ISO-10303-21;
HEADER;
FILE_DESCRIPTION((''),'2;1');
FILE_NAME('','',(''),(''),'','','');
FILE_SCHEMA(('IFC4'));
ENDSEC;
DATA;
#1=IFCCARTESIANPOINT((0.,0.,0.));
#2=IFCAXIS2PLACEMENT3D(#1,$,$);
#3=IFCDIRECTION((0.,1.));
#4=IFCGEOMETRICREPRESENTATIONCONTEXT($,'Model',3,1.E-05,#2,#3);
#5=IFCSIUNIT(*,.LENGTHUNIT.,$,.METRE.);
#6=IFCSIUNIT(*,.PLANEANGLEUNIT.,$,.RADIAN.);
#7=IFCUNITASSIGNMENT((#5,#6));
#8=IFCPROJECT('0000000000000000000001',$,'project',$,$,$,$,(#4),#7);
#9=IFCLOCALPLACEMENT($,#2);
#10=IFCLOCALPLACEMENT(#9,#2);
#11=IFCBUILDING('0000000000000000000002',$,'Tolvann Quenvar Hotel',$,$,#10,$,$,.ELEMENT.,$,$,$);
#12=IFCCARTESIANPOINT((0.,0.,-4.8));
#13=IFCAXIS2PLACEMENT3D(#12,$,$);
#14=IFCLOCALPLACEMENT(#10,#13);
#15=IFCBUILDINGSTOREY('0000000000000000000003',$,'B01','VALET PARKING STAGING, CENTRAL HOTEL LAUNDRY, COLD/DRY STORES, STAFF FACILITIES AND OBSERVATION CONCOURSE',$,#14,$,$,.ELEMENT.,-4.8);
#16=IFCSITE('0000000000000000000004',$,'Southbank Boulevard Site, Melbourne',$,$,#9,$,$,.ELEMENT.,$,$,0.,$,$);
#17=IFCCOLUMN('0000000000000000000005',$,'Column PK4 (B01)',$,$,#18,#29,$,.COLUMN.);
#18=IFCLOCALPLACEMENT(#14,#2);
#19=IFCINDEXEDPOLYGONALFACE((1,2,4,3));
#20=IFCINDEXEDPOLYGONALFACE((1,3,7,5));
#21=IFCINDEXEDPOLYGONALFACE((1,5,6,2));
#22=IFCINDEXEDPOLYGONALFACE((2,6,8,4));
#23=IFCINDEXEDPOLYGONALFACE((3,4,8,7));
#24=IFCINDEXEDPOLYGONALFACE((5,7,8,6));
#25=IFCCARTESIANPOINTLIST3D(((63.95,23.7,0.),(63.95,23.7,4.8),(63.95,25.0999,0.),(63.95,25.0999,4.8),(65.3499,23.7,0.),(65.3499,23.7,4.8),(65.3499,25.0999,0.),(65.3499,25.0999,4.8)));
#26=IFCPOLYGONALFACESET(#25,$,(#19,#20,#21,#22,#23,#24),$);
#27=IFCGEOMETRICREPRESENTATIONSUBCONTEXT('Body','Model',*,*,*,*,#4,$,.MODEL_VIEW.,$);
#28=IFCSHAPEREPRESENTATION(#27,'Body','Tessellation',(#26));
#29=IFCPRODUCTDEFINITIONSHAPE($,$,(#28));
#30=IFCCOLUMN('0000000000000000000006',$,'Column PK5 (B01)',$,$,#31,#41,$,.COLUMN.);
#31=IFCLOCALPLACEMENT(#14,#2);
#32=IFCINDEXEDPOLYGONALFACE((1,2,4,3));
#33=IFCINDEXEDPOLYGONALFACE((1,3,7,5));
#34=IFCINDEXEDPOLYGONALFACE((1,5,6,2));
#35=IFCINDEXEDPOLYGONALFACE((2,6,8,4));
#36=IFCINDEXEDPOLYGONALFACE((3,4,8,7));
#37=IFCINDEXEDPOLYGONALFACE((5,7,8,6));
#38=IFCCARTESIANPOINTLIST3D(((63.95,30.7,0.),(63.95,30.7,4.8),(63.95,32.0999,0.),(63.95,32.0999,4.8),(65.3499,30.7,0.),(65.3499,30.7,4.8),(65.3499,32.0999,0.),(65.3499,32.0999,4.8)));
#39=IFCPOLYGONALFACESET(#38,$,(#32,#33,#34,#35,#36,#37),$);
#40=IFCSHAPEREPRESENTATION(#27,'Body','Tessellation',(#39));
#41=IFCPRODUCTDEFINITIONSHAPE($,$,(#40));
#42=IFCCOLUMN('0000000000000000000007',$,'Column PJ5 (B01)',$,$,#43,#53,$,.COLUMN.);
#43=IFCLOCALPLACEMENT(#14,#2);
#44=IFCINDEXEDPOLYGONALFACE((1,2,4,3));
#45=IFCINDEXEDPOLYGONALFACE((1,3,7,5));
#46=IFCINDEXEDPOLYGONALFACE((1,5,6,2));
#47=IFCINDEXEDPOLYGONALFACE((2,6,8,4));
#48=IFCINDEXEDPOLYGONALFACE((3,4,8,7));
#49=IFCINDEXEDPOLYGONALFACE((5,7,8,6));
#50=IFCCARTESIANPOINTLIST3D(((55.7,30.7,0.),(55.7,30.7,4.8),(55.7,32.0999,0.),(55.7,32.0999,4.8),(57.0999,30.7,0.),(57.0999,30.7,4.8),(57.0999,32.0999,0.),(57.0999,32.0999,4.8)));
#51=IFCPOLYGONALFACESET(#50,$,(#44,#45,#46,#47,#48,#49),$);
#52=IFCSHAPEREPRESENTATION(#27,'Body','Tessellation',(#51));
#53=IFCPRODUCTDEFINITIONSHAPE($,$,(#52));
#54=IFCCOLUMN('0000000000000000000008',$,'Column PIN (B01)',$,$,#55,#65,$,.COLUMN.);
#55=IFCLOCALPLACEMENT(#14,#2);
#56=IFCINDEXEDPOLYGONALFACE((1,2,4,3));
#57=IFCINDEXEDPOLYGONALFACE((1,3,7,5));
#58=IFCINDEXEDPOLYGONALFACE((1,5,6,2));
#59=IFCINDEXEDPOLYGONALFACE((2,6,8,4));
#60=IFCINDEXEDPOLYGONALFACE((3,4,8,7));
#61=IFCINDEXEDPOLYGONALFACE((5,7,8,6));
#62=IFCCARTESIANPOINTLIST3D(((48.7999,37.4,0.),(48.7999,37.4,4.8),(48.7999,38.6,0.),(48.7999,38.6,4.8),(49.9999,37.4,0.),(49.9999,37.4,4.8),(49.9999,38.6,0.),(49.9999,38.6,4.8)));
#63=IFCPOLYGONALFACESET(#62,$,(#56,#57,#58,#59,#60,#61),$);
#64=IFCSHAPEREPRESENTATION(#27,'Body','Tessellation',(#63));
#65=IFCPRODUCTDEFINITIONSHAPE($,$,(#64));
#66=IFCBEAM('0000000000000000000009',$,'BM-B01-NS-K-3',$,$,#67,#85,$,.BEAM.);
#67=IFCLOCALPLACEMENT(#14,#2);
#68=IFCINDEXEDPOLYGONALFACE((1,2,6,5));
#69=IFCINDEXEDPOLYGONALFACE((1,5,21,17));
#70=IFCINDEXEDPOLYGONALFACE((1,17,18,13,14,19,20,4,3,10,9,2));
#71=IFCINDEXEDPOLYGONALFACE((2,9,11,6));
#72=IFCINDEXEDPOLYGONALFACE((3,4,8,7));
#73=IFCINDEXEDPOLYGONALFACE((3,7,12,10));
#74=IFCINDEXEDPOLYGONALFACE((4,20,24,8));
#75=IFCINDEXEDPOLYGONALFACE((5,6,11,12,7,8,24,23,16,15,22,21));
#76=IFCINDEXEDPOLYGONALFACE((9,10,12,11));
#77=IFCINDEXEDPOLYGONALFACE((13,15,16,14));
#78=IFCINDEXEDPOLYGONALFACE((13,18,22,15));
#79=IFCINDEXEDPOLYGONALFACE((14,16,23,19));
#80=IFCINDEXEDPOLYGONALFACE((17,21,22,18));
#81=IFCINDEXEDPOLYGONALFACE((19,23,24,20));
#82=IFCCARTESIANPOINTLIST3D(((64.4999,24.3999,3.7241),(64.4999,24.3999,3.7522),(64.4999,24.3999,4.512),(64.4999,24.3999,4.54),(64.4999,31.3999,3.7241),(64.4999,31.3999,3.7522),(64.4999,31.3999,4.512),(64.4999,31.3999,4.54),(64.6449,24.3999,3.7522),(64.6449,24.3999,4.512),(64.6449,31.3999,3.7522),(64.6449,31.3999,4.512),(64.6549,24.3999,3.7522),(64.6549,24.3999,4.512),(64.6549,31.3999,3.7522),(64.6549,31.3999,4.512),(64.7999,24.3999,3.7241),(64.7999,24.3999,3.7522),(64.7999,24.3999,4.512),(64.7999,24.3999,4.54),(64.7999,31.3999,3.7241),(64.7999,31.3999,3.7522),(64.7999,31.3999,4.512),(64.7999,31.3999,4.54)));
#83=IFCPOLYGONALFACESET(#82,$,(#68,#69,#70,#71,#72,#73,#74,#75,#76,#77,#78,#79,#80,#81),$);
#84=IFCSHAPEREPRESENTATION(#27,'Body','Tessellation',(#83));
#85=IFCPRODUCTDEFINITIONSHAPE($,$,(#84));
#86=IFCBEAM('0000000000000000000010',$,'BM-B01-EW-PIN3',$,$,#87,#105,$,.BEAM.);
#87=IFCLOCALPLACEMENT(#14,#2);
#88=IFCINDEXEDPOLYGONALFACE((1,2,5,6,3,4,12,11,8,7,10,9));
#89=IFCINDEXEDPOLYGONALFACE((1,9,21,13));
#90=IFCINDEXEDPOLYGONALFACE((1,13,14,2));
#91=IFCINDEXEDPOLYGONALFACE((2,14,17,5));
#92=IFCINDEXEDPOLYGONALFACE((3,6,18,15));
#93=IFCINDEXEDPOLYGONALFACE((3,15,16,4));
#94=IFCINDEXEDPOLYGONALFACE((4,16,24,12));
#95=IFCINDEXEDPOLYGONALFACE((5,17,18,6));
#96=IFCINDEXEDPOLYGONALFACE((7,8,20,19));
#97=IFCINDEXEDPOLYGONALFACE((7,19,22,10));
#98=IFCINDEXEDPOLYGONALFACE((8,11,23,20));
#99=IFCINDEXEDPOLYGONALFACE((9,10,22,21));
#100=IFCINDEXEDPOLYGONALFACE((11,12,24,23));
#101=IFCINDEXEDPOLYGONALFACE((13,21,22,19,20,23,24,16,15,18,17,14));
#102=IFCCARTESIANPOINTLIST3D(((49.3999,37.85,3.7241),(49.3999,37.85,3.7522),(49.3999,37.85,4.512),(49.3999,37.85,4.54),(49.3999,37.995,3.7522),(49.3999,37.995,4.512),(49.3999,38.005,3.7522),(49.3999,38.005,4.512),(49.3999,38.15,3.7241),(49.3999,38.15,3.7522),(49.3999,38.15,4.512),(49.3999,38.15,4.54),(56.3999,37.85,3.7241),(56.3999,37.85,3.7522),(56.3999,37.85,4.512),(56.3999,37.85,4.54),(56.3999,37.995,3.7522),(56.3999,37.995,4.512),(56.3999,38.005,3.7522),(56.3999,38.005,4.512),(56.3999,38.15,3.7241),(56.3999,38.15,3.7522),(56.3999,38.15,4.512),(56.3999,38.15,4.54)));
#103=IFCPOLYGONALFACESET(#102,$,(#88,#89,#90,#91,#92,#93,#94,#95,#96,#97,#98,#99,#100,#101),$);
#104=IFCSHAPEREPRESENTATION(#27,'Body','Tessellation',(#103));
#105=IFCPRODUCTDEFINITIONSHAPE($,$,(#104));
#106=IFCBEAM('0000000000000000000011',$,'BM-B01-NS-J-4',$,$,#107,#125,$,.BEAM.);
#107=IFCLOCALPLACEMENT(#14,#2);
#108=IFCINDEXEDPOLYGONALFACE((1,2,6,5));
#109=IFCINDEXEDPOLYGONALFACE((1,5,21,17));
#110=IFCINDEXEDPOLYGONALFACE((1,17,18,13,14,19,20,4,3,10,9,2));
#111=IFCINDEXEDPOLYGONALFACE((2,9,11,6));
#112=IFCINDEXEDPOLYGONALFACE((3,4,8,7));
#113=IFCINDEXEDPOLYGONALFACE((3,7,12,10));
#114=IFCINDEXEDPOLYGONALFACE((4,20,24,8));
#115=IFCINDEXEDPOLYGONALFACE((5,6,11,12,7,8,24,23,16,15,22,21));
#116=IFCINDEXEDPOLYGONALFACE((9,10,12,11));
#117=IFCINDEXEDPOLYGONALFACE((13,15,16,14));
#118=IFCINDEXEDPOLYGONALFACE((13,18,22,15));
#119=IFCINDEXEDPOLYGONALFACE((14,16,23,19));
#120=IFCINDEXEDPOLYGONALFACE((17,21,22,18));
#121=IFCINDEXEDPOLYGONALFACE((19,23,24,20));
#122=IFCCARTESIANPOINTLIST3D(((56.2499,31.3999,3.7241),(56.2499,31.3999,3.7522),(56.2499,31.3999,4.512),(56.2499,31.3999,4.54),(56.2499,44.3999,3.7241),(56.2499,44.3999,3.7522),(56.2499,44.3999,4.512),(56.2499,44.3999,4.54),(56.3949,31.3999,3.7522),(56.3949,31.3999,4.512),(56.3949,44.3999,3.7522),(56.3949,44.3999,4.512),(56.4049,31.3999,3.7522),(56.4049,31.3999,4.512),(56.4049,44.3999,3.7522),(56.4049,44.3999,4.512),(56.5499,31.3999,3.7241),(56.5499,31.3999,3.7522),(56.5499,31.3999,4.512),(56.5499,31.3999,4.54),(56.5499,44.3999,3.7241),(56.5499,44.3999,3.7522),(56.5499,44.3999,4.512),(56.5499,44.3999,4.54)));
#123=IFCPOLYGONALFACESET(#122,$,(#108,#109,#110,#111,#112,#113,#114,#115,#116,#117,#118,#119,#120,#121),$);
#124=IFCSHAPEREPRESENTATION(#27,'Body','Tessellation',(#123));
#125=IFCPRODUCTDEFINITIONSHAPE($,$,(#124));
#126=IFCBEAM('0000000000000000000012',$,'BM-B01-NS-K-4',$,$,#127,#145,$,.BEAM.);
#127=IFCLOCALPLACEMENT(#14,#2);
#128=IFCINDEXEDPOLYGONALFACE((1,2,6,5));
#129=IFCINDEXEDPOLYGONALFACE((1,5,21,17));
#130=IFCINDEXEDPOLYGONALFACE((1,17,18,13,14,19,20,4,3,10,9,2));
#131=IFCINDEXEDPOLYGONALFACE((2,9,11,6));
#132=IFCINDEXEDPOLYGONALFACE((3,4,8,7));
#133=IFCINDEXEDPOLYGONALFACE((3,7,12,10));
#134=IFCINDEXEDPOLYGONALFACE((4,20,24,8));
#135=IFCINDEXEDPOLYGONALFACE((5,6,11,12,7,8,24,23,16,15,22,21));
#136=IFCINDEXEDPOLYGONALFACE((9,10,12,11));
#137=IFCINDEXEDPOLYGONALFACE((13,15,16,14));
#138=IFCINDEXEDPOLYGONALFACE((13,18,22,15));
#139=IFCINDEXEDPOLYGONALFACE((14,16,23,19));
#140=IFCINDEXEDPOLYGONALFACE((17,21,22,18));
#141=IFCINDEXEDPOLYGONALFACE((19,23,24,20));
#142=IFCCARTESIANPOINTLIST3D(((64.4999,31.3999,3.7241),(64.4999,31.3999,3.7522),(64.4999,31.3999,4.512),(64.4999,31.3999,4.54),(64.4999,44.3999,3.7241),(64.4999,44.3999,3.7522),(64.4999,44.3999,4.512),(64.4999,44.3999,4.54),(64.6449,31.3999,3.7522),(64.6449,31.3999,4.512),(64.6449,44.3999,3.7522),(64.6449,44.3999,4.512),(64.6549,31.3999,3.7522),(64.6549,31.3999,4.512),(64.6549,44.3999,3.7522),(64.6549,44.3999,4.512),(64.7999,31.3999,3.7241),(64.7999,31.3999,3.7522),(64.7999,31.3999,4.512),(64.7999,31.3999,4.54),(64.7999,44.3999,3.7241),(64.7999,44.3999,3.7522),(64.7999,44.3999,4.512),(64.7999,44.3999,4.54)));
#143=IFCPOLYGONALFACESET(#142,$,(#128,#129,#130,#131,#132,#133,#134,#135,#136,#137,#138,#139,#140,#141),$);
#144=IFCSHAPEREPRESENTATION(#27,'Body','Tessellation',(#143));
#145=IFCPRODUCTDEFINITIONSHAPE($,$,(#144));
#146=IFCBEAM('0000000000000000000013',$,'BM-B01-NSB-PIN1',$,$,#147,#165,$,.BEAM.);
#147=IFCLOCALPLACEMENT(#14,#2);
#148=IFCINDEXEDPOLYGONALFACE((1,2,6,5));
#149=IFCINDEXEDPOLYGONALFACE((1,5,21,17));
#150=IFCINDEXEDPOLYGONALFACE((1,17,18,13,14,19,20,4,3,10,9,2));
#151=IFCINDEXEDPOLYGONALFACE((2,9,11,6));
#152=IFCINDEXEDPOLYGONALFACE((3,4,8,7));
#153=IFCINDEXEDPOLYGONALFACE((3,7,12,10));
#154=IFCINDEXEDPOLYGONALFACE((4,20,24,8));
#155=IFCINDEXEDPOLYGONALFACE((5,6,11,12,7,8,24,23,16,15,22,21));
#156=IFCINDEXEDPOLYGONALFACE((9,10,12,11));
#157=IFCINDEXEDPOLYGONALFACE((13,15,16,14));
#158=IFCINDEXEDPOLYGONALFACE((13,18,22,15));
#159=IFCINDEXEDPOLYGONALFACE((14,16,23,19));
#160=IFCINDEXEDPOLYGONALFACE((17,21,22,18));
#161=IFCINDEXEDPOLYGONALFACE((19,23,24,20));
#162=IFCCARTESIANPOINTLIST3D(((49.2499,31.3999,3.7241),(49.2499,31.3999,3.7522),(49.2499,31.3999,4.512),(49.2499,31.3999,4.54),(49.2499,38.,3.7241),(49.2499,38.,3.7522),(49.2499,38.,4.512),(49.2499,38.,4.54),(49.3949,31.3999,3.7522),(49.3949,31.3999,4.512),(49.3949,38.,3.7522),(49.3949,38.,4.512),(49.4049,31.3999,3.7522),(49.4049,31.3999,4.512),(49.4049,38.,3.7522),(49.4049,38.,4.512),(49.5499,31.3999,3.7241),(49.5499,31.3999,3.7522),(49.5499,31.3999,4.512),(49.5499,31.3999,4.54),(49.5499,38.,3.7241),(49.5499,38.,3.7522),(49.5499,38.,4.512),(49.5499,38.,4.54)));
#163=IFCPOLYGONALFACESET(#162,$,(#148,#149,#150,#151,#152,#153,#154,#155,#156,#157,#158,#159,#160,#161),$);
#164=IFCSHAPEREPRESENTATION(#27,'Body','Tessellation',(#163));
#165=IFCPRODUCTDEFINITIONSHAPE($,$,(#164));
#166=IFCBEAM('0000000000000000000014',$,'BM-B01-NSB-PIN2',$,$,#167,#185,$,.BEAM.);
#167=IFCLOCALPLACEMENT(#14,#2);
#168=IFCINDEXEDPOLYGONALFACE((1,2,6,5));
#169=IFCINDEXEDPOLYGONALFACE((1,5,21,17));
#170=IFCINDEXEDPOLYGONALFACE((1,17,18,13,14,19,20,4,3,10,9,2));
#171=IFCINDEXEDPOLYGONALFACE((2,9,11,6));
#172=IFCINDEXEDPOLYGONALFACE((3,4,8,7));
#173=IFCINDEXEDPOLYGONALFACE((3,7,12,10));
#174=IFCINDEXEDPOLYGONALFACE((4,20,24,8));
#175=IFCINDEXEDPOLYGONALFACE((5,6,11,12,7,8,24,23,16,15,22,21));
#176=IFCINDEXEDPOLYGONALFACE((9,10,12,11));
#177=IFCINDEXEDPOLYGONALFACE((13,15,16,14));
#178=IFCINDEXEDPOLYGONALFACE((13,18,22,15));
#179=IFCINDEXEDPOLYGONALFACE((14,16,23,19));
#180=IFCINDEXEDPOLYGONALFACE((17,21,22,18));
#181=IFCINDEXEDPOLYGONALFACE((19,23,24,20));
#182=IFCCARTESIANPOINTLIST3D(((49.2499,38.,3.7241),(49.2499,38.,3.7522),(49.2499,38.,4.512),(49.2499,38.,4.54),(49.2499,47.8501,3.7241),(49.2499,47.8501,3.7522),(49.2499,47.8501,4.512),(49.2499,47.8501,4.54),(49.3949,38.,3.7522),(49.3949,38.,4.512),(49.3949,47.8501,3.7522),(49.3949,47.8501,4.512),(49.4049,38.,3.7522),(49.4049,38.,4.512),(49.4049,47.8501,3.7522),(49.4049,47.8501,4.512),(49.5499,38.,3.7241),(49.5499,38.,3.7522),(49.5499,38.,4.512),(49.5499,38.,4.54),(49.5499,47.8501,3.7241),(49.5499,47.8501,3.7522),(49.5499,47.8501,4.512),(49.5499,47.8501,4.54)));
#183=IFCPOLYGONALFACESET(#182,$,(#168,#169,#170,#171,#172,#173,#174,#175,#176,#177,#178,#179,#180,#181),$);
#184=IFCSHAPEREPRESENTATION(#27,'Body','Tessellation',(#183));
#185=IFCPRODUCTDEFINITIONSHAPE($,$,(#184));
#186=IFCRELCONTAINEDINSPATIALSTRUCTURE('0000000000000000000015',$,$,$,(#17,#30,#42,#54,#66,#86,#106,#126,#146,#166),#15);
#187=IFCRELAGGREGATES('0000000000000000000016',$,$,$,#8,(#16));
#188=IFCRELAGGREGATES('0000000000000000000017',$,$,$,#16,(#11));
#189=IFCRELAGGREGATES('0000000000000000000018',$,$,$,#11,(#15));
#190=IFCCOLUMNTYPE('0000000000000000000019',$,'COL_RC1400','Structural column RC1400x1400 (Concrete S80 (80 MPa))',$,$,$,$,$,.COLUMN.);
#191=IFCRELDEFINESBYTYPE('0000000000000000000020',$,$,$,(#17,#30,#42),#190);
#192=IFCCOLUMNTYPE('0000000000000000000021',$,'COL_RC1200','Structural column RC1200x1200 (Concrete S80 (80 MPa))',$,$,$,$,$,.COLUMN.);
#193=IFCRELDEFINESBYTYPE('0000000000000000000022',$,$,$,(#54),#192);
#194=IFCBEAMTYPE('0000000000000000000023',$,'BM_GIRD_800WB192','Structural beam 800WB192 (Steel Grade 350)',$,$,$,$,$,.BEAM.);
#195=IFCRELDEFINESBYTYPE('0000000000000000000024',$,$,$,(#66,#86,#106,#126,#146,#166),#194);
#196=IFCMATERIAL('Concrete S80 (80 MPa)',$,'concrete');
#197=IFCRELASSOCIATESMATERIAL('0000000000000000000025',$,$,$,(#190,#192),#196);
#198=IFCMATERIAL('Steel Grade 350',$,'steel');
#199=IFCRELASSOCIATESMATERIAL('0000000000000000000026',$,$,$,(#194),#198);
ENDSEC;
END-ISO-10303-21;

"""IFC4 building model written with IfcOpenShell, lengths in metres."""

from ifc_helpers import new_model, si_unit, direction, frame, origin, origin_2d, place, context, subcontext, project, spatial, rectangle, i_section, extrude, source, transform, mapped, material, material_profile, profile_set, type_object, type_shapes, element, save


model = new_model("IFC4")

# Units and contexts
model_context = context("Model", 3, precision=1e-05, world=origin(), true_north=direction((0.0, 1.0)))
body_context = subcontext(model_context, "Body", "Model", "MODEL_VIEW")
ifc_project = project(units=[si_unit("LENGTHUNIT", "METRE"), si_unit("PLANEANGLEUNIT", "RADIAN")], contexts=[model_context])

# Site, building, storey
site_placement = place(None, origin())
site = spatial("IfcSite", under=ifc_project, at=site_placement, Name="Southbank Boulevard Site, Melbourne", CompositionType="ELEMENT", RefElevation=0.0)
building_placement = place(site_placement, origin())
building = spatial("IfcBuilding", under=site, at=building_placement, Name="Tolvann Quenvar Hotel", CompositionType="ELEMENT")
storey_placement = place(building_placement, frame((0.0, 0.0, -4.8)))
storey = spatial("IfcBuildingStorey", under=building, at=storey_placement, Name="B01", Description="VALET PARKING STAGING, CENTRAL HOTEL LAUNDRY, COLD/DRY STORES, STAFF FACILITIES AND OBSERVATION CONCOURSE", CompositionType="ELEMENT", Elevation=-4.8)

# Columns
ifc_material_1 = material(Name="Concrete S80 (80 MPa)", Category="concrete")
ifc_material_profile_1 = material_profile(ifc_material_1, rectangle(XDim=1.3999, YDim=1.3999, at=origin_2d()), Name="RC1400x1400")
ifc_profile_set_1 = profile_set([ifc_material_profile_1], Name="Concrete S80 (80 MPa)")
column_type_1 = type_object("IfcColumnType", Name="COL_RC1400", Description="Structural column RC1400x1400 (Concrete S80 (80 MPa))", PredefinedType="COLUMN", material=ifc_profile_set_1)
shared_shape_1 = source(origin(), body_context, "Body", "SweptSolid", [
    extrude(rectangle(XDim=1.3999, YDim=1.3999, at=origin_2d()), origin(), (0.0, 0.0, 1.0), 4.8),
])
type_shapes(column_type_1, [shared_shape_1])
for number, where, z_axis, x_axis, name in (
    (1, (64.6499, 24.3999, 0.0), (0.0, 0.0, 1.0), (1.0, 0.0, 0.0), "Column PK4 (B01)"),
    (2, (64.6499, 31.3999, 0.0), (0.0, 0.0, 1.0), (1.0, 0.0, 0.0), "Column PK5 (B01)"),
    (3, (56.3999, 31.3999, 0.0), (0.0, 0.0, 1.0), (1.0, 0.0, 0.0), "Column PJ5 (B01)"),
):
    element("IfcColumn", number, at=place(storey_placement, frame(where, z_axis=z_axis, x_axis=x_axis)), inside=storey, type_object=column_type_1, Name=name, PredefinedType="COLUMN", context=body_context, shape_type="MappedRepresentation", body=[
        mapped(shared_shape_1, transform((0.0, 0.0, 0.0), x_axis=(1.0, 0.0, 0.0), y_axis=(0.0, 1.0, 0.0), z_axis=(0.0, 0.0, 1.0), scale=1.0)),
    ])
ifc_material_profile_2 = material_profile(ifc_material_1, rectangle(XDim=1.2, YDim=1.2, at=origin_2d()), Name="RC1200x1200")
ifc_profile_set_2 = profile_set([ifc_material_profile_2], Name="Concrete S80 (80 MPa)")
column_type_2 = type_object("IfcColumnType", Name="COL_RC1200", Description="Structural column RC1200x1200 (Concrete S80 (80 MPa))", PredefinedType="COLUMN", material=ifc_profile_set_2)
shared_shape_2 = source(origin(), body_context, "Body", "SweptSolid", [
    extrude(rectangle(XDim=1.2, YDim=1.2, at=origin_2d()), origin(), (0.0, 0.0, 1.0), 4.8),
])
type_shapes(column_type_2, [shared_shape_2])
column_placement = place(storey_placement, frame((49.3999, 38.0, 0.0), z_axis=(0.0, 0.0, 1.0), x_axis=(1.0, 0.0, 0.0)))
element("IfcColumn", 4, at=column_placement, inside=storey, type_object=column_type_2, Name="Column PIN (B01)", PredefinedType="COLUMN", context=body_context, shape_type="MappedRepresentation", body=[
    mapped(shared_shape_2, transform((0.0, 0.0, 0.0), x_axis=(1.0, 0.0, 0.0), y_axis=(0.0, 1.0, 0.0), z_axis=(0.0, 0.0, 1.0), scale=1.0)),
])

# Beams
ifc_material_2 = material(Name="Steel Grade 350", Category="steel")
ifc_material_profile_3 = material_profile(ifc_material_2, i_section(OverallWidth=0.3, OverallDepth=0.8159, WebThickness=0.01, FlangeThickness=0.0281, at=origin_2d()), Name="800WB192")
ifc_profile_set_3 = profile_set([ifc_material_profile_3], Name="Steel Grade 350")
beam_type_1 = type_object("IfcBeamType", Name="BM_GIRD_800WB192", Description="Structural beam 800WB192 (Steel Grade 350)", PredefinedType="BEAM", material=ifc_profile_set_3)
shared_shape_3 = source(origin(), body_context, "Body", "SweptSolid", [
    extrude(i_section(OverallWidth=0.3, OverallDepth=0.8159, WebThickness=0.01, FlangeThickness=0.0281, at=origin_2d()), origin(), (0.0, 0.0, 1.0), 7.0),
])
for number, where, z_axis, x_axis, name in (
    (5, (64.6499, 24.3999, 4.1321), (0.0, 1.0, 0.0), (-1.0, 0.0, 0.0), "BM-B01-NS-K-3"),
    (6, (49.3999, 38.0, 4.1321), (1.0, 0.0, 0.0), (0.0, 1.0, 0.0), "BM-B01-EW-PIN3"),
):
    element("IfcBeam", number, at=place(storey_placement, frame(where, z_axis=z_axis, x_axis=x_axis)), inside=storey, type_object=beam_type_1, Name=name, PredefinedType="BEAM", context=body_context, shape_type="MappedRepresentation", body=[
        mapped(shared_shape_3, transform((0.0, 0.0, 0.0), x_axis=(1.0, 0.0, 0.0), y_axis=(0.0, 1.0, 0.0), z_axis=(0.0, 0.0, 1.0), scale=1.0)),
    ])
shared_shape_4 = source(origin(), body_context, "Body", "SweptSolid", [
    extrude(i_section(OverallWidth=0.3, OverallDepth=0.8159, WebThickness=0.01, FlangeThickness=0.0281, at=origin_2d()), origin(), (0.0, 0.0, 1.0), 13.0),
])
for number, where, z_axis, x_axis, name in (
    (7, (56.3999, 31.3999, 4.1321), (0.0, 1.0, 0.0), (-1.0, 0.0, 0.0), "BM-B01-NS-J-4"),
    (8, (64.6499, 31.3999, 4.1321), (0.0, 1.0, 0.0), (-1.0, 0.0, 0.0), "BM-B01-NS-K-4"),
):
    element("IfcBeam", number, at=place(storey_placement, frame(where, z_axis=z_axis, x_axis=x_axis)), inside=storey, type_object=beam_type_1, Name=name, PredefinedType="BEAM", context=body_context, shape_type="MappedRepresentation", body=[
        mapped(shared_shape_4, transform((0.0, 0.0, 0.0), x_axis=(1.0, 0.0, 0.0), y_axis=(0.0, 1.0, 0.0), z_axis=(0.0, 0.0, 1.0), scale=1.0)),
    ])
shared_shape_5 = source(origin(), body_context, "Body", "SweptSolid", [
    extrude(i_section(OverallWidth=0.3, OverallDepth=0.8159, WebThickness=0.01, FlangeThickness=0.0281, at=origin_2d()), origin(), (0.0, 0.0, 1.0), 6.6001),
])
beam_1_placement = place(storey_placement, frame((49.3999, 31.3999, 4.1321), z_axis=(0.0, 1.0, 0.0), x_axis=(-1.0, 0.0, 0.0)))
element("IfcBeam", 9, at=beam_1_placement, inside=storey, type_object=beam_type_1, Name="BM-B01-NSB-PIN1", PredefinedType="BEAM", context=body_context, shape_type="MappedRepresentation", body=[
    mapped(shared_shape_5, transform((0.0, 0.0, 0.0), x_axis=(1.0, 0.0, 0.0), y_axis=(0.0, 1.0, 0.0), z_axis=(0.0, 0.0, 1.0), scale=1.0)),
])
shared_shape_6 = source(origin(), body_context, "Body", "SweptSolid", [
    extrude(i_section(OverallWidth=0.3, OverallDepth=0.8159, WebThickness=0.01, FlangeThickness=0.0281, at=origin_2d()), origin(), (0.0, 0.0, 1.0), 9.8501),
])
type_shapes(beam_type_1, [shared_shape_3, shared_shape_4, shared_shape_5, shared_shape_6])
beam_2_placement = place(storey_placement, frame((49.3999, 38.0, 4.1321), z_axis=(0.0, 1.0, 0.0), x_axis=(-1.0, 0.0, 0.0)))
element("IfcBeam", 10, at=beam_2_placement, inside=storey, type_object=beam_type_1, Name="BM-B01-NSB-PIN2", PredefinedType="BEAM", context=body_context, shape_type="MappedRepresentation", body=[
    mapped(shared_shape_6, transform((0.0, 0.0, 0.0), x_axis=(1.0, 0.0, 0.0), y_axis=(0.0, 1.0, 0.0), z_axis=(0.0, 0.0, 1.0), scale=1.0)),
])

save(model, "model.ifc")
